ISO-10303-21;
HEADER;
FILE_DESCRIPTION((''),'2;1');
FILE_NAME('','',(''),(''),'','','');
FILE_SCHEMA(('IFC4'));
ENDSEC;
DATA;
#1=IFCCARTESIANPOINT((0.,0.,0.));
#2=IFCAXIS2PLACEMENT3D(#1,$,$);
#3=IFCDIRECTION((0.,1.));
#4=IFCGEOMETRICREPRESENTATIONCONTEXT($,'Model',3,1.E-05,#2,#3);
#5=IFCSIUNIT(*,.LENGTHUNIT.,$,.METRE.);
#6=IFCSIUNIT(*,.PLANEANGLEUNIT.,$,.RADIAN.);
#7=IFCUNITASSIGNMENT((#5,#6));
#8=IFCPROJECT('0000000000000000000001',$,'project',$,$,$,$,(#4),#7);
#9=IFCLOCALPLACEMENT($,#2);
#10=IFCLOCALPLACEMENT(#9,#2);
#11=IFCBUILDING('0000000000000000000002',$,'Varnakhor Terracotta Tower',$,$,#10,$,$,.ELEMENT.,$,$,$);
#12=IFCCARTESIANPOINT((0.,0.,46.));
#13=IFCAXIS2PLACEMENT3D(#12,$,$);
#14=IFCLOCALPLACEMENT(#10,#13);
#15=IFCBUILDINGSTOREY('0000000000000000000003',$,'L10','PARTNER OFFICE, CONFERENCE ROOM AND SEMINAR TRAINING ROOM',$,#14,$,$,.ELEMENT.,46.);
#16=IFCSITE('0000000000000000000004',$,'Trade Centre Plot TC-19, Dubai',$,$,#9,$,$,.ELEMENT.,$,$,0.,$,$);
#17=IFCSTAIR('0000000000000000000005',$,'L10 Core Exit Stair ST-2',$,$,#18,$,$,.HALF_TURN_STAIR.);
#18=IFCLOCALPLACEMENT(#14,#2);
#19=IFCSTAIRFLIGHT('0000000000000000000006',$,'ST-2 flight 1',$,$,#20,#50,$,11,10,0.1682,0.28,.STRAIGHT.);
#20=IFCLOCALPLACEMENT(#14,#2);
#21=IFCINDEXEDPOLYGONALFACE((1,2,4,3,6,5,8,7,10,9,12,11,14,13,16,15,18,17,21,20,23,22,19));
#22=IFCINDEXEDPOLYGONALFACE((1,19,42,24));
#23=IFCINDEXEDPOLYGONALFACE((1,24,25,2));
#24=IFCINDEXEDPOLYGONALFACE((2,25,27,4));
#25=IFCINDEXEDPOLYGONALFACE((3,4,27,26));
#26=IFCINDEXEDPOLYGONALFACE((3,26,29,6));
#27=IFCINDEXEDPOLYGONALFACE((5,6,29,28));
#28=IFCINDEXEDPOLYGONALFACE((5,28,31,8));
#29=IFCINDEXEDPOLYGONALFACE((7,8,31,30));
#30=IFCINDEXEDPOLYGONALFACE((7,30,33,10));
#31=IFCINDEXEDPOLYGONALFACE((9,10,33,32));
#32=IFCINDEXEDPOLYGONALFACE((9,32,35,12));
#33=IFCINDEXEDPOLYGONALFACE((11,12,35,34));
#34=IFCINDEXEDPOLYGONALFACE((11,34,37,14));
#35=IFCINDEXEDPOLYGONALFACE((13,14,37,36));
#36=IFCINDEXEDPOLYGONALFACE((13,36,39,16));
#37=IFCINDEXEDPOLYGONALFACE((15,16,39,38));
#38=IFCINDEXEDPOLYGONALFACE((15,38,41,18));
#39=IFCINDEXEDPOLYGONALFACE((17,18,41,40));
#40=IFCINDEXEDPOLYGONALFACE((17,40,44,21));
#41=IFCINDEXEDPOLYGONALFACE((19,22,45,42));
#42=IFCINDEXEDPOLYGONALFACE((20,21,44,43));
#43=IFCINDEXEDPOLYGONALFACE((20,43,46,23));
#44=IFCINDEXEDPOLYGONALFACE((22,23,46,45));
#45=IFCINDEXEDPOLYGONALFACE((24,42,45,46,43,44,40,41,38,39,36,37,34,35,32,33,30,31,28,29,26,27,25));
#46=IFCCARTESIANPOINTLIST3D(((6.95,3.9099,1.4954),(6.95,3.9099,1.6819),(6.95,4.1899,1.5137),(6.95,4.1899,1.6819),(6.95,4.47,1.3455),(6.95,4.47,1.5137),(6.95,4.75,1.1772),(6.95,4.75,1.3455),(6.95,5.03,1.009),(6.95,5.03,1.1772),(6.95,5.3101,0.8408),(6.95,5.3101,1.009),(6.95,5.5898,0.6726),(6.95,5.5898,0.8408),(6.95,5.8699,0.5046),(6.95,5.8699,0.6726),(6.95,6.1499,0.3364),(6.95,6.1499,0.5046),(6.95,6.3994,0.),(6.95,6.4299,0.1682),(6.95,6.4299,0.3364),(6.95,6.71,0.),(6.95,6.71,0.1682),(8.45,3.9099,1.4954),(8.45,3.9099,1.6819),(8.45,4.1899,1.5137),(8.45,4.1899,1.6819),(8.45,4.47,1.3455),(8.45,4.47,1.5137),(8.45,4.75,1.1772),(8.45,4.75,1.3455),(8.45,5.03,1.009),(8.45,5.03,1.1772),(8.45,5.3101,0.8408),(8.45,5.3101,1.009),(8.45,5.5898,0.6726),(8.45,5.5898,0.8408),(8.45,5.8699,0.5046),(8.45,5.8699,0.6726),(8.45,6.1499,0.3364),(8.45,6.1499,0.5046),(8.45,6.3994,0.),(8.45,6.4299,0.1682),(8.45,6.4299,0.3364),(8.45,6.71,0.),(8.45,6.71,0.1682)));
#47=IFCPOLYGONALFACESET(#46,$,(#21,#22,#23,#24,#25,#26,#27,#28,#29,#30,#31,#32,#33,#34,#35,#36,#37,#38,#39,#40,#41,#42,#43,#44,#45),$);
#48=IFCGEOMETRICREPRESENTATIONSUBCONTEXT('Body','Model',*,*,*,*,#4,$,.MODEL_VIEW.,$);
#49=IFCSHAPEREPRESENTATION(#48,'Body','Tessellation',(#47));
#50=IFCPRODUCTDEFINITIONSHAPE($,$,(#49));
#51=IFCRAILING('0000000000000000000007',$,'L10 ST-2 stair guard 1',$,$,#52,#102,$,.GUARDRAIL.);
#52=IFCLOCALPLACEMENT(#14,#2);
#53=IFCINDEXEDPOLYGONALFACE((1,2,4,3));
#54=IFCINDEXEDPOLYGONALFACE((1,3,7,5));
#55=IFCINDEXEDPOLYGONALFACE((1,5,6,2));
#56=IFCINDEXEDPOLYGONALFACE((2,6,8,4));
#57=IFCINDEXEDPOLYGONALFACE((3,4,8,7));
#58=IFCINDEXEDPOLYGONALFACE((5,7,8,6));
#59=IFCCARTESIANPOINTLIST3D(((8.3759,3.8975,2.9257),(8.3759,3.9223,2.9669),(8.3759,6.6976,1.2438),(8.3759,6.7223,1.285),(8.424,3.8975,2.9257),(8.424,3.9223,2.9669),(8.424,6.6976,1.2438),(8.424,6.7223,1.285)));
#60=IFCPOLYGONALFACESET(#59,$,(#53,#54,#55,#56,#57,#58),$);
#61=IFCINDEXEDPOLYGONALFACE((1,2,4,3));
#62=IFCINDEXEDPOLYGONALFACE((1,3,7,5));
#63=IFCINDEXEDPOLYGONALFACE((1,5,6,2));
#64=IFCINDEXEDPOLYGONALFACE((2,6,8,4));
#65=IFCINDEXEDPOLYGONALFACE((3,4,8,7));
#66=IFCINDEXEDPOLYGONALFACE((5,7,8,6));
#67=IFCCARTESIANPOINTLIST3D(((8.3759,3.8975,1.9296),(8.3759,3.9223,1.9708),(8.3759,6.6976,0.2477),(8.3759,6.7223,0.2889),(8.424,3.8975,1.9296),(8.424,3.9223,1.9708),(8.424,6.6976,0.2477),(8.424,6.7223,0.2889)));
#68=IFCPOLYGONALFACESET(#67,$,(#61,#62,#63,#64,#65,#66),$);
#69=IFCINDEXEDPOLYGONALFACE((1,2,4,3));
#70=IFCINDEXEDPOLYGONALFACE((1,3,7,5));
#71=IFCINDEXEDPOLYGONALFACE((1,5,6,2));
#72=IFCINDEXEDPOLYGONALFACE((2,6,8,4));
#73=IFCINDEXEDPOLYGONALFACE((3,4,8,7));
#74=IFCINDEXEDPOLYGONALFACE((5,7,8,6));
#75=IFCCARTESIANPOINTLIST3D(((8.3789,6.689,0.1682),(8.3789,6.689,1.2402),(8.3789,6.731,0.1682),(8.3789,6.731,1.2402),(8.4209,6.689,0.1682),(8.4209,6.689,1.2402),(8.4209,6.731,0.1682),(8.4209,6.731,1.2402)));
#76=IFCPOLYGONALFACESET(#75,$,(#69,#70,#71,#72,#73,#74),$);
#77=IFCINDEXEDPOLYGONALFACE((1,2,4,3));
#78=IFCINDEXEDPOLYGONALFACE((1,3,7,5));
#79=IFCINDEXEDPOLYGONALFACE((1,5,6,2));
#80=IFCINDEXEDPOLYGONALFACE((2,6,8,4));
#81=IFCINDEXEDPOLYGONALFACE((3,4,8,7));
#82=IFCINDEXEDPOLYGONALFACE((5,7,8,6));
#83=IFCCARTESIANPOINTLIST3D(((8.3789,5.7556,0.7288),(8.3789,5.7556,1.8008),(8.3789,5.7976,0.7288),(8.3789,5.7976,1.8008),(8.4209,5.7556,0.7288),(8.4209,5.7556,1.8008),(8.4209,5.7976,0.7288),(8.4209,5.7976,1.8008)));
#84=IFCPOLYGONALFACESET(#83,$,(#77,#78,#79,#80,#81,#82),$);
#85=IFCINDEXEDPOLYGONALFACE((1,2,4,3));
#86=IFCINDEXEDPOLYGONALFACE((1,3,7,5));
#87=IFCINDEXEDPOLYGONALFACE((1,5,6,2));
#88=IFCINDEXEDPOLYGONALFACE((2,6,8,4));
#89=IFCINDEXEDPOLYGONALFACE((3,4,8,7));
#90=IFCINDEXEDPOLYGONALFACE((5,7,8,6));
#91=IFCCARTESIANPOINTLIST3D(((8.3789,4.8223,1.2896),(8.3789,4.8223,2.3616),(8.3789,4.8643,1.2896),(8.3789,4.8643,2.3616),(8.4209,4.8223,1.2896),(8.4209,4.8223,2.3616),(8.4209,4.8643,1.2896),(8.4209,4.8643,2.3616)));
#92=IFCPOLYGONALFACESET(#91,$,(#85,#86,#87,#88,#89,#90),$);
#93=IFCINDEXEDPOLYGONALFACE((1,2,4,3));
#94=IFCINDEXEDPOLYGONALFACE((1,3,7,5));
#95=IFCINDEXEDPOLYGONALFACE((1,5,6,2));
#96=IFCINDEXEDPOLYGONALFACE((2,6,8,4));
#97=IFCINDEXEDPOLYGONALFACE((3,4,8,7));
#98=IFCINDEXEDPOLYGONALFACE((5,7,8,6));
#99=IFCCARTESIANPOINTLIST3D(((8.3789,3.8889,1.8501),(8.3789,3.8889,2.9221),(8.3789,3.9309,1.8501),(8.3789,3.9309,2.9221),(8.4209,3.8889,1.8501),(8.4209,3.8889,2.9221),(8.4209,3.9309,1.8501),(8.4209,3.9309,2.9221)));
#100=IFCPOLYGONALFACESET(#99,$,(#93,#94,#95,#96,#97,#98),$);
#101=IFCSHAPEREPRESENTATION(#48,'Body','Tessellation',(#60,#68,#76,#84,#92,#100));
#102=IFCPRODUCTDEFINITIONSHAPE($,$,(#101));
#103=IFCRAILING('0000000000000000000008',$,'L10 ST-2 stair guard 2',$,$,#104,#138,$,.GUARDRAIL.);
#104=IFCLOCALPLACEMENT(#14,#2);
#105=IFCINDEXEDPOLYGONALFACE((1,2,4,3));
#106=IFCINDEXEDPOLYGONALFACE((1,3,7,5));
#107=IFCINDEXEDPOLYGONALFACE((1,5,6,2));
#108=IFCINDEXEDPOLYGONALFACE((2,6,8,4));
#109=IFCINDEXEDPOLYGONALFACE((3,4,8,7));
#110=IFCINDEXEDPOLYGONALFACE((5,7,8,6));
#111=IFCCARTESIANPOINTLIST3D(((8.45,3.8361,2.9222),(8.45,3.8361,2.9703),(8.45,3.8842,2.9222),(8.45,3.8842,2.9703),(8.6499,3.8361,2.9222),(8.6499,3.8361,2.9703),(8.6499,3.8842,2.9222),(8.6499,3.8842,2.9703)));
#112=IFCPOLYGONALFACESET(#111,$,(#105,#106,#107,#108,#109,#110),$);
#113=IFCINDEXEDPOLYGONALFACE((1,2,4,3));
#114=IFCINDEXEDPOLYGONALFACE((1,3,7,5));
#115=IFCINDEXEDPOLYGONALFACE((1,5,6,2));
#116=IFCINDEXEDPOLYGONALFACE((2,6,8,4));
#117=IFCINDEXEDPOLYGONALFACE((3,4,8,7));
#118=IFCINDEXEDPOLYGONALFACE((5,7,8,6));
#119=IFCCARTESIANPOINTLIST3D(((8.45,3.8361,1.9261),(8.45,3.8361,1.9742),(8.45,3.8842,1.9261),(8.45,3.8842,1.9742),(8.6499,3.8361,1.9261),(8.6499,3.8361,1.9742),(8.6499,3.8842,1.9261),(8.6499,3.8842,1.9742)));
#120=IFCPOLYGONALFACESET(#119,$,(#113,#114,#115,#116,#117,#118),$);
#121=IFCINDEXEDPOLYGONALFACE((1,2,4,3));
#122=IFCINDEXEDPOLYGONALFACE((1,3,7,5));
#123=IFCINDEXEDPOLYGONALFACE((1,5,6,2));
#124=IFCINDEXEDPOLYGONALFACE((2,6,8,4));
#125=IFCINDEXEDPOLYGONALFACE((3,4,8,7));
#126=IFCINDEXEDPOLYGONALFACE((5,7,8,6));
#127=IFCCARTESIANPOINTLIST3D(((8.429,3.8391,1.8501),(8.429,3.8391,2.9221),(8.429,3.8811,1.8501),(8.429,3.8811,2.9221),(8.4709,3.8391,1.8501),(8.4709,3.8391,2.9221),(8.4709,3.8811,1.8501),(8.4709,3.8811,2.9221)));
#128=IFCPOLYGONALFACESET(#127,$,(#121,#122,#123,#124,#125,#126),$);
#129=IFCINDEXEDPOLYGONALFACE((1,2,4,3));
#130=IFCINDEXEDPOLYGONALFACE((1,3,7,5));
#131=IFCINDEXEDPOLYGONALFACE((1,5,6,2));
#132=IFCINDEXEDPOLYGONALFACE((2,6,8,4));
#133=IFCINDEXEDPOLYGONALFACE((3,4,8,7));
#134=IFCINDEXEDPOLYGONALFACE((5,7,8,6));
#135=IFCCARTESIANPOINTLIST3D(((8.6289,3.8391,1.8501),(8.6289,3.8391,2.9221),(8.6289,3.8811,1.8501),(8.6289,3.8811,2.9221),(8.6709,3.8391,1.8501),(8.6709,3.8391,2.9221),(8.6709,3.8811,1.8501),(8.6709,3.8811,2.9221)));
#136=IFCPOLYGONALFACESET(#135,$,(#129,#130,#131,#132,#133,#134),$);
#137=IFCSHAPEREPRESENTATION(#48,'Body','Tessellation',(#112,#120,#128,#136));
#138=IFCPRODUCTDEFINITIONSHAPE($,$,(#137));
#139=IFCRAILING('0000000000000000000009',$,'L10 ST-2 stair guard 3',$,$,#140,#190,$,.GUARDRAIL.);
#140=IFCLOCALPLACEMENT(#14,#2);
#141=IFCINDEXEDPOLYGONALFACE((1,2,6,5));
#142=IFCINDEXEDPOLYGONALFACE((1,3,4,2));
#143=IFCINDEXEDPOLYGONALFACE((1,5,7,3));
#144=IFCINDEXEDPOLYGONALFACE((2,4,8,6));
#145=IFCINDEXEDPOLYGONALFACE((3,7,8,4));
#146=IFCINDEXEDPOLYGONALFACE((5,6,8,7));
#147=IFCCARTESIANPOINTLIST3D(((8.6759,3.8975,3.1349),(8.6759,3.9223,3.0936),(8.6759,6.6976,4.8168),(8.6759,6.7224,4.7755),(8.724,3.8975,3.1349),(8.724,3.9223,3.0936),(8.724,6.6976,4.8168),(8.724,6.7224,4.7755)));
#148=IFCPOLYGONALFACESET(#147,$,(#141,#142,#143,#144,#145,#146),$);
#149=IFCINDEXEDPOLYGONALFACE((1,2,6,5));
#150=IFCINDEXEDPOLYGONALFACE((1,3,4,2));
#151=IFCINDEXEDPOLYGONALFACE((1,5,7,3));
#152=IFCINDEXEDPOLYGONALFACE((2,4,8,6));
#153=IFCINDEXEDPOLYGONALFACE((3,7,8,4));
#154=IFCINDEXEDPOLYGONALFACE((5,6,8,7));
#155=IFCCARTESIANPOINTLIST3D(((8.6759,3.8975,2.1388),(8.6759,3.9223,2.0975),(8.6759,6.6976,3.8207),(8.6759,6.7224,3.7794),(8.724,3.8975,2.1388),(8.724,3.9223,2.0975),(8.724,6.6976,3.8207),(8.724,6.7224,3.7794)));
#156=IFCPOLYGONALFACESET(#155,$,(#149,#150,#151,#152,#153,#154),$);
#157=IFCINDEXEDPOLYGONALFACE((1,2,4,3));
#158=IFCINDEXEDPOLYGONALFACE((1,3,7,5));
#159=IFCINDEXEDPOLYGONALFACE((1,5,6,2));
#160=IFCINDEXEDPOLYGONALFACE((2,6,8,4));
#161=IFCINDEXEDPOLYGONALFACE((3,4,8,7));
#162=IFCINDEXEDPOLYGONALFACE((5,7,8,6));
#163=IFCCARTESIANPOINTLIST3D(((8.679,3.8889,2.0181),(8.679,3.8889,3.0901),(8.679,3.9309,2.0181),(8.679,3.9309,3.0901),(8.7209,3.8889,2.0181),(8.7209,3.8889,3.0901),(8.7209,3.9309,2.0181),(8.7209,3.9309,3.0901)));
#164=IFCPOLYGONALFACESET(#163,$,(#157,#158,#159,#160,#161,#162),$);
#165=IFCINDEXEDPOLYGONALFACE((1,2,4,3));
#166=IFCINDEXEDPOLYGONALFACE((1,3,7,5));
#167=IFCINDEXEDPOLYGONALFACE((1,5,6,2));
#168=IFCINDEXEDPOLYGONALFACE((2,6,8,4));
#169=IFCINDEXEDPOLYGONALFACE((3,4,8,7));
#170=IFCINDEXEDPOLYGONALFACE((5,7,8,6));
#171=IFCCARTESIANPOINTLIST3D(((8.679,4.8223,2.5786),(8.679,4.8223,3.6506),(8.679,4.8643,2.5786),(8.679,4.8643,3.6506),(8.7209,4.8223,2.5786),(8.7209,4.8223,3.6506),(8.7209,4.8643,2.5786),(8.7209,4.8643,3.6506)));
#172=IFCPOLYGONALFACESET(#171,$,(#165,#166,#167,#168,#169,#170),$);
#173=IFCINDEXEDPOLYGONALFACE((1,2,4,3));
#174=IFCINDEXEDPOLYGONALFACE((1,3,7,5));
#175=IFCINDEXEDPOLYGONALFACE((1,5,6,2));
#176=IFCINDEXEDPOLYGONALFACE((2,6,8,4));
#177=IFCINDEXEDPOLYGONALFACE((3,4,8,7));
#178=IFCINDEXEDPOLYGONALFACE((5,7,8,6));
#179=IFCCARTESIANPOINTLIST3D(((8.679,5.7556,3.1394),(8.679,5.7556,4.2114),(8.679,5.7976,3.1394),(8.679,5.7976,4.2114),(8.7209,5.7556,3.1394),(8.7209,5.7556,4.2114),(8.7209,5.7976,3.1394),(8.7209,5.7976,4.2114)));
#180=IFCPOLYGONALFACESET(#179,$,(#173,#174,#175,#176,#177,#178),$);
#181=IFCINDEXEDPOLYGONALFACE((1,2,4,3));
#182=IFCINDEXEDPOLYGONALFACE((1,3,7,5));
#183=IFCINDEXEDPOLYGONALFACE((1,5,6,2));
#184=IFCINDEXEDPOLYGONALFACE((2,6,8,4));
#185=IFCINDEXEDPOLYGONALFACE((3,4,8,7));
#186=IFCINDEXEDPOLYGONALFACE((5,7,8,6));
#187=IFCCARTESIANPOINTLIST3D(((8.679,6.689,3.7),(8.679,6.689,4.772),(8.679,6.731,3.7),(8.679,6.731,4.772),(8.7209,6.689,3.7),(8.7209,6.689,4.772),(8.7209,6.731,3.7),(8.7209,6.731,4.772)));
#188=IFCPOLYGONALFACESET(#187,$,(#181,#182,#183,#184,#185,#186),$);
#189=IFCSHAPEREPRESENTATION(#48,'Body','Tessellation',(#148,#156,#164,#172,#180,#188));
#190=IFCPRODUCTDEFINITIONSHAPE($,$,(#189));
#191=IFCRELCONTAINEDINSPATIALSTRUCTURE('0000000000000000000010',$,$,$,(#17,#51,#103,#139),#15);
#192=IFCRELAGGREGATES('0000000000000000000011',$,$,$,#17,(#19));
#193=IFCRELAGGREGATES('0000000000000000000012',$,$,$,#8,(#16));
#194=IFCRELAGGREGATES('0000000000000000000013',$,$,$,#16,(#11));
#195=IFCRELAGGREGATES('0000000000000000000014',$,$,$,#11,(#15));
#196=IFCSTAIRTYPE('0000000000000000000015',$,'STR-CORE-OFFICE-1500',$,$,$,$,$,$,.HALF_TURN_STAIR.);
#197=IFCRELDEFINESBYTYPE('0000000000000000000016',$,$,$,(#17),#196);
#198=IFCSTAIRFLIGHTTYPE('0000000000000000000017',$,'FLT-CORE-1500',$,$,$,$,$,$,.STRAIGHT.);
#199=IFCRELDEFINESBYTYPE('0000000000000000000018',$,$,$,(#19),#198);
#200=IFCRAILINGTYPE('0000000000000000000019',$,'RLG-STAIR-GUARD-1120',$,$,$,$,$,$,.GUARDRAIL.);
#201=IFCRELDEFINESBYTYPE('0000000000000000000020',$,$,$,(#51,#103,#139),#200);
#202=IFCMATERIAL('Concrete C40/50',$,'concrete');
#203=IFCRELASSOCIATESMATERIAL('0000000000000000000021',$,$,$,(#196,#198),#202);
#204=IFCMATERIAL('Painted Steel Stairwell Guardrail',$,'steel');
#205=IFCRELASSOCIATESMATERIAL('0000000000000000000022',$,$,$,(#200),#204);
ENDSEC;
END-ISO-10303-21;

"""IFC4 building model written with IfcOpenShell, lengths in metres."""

from ifc_helpers import new_model, si_unit, direction, frame, origin, origin_2d, place, context, subcontext, project, spatial, polyline, rectangle, outline, extrude, material, type_object, element, aggregate, save


model = new_model("IFC4")

# Units and contexts
model_context = context("Model", 3, precision=1e-05, world=origin(), true_north=direction((0.0, 1.0)))
body_context = subcontext(model_context, "Body", "Model", "MODEL_VIEW")
ifc_project = project(units=[si_unit("LENGTHUNIT", "METRE"), si_unit("PLANEANGLEUNIT", "RADIAN")], contexts=[model_context])

# Site, building, storey
site_placement = place(None, origin())
site = spatial("IfcSite", under=ifc_project, at=site_placement, Name="Trade Centre Plot TC-19, Dubai", CompositionType="ELEMENT", RefElevation=0.0)
building_placement = place(site_placement, origin())
building = spatial("IfcBuilding", under=site, at=building_placement, Name="Varnakhor Terracotta Tower", CompositionType="ELEMENT")
storey_placement = place(building_placement, frame((0.0, 0.0, 46.0)))
storey = spatial("IfcBuildingStorey", under=building, at=storey_placement, Name="L10", Description="PARTNER OFFICE, CONFERENCE ROOM AND SEMINAR TRAINING ROOM", CompositionType="ELEMENT", Elevation=46.0)

# Stair
ifc_material_1 = material(Name="Concrete C40/50", Category="concrete")
stair_type = type_object("IfcStairType", Name="STR-CORE-OFFICE-1500", PredefinedType="HALF_TURN_STAIR", material=ifc_material_1)
stair_1_placement = place(storey_placement, origin())
stair_1 = element("IfcStair", 1, at=stair_1_placement, inside=storey, type_object=stair_type, Name="L10 Core Exit Stair ST-2", PredefinedType="HALF_TURN_STAIR")

# Stair flight
stair_flight_type = type_object("IfcStairFlightType", Name="FLT-CORE-1500", PredefinedType="STRAIGHT", material=ifc_material_1)
stair_flight_placement = place(storey_placement, frame((7.7, 6.71, 0.0), z_axis=(0.0, 0.0, 1.0), x_axis=(0.0, -1.0, 0.0)))
stair_flight = element("IfcStairFlight", 2, at=stair_flight_placement, type_object=stair_flight_type, Name="ST-2 flight 1", NumberOfRisers=11, NumberOfTreads=10, PredefinedType="STRAIGHT", RiserHeight=0.1682, TreadLength=0.28, context=body_context, shape_type="SweptSolid", body=[
    extrude(outline(polyline([(0.0, 0.0), (0.0, 0.1682), (0.28, 0.1682), (0.28, 0.3364), (0.5601, 0.3364), (0.5601, 0.5046), (0.8401, 0.5046), (0.8401, 0.6726), (1.1201, 0.6726), (1.1201, 0.8408), (1.3999, 0.8408), (1.3999, 1.009), (1.6799, 1.009), (1.6799, 1.1772), (1.96, 1.1772), (1.96, 1.3455), (2.24, 1.3455), (2.24, 1.5137), (2.52, 1.5137), (2.52, 1.6819), (2.8, 1.6819), (2.8, 1.8501), (2.8, 1.4954), (0.3105, 0.0), (0.0, 0.0)])), frame((0.0, 0.75, 0.0), z_axis=(0.0, -1.0, 0.0), x_axis=(1.0, 0.0, 0.0)), (0.0, 0.0, 1.0), 1.5),
])
aggregate(stair_1, [stair_flight])

# Railings
ifc_material_2 = material(Name="Painted Steel Stairwell Guardrail", Category="steel")
railing_type_1 = type_object("IfcRailingType", Name="RLG-STAIR-GUARD-1120", PredefinedType="GUARDRAIL", material=ifc_material_2)
railing_1_placement = place(storey_placement, frame((8.3999, 6.71, 0.1682)))
element("IfcRailing", 3, at=railing_1_placement, inside=storey, type_object=railing_type_1, Name="L10 ST-2 stair guard 1", PredefinedType="GUARDRAIL", context=body_context, shape_type="SweptSolid", body=[
    extrude(rectangle(XDim=0.0481, YDim=0.0481, at=origin_2d()), frame((0.0, 0.0, 1.0962), z_axis=(0.0, -0.857242, 0.514913), x_axis=(1.0, 0.0, 0.0)), (0.0, 0.0, 1.0), 3.2664),
    extrude(rectangle(XDim=0.0481, YDim=0.0481, at=origin_2d()), frame((0.0, 0.0, 0.1001), z_axis=(0.0, -0.857242, 0.514913), x_axis=(1.0, 0.0, 0.0)), (0.0, 0.0, 1.0), 3.2664),
    extrude(rectangle(XDim=0.042, YDim=0.042, at=origin_2d()), origin(), (0.0, 0.0, 1.0), 1.072),
    extrude(rectangle(XDim=0.042, YDim=0.042, at=origin_2d()), frame((0.0, -0.9333, 0.5605)), (0.0, 0.0, 1.0), 1.072),
    extrude(rectangle(XDim=0.042, YDim=0.042, at=origin_2d()), frame((0.0, -1.8667, 1.1213)), (0.0, 0.0, 1.0), 1.072),
    extrude(rectangle(XDim=0.042, YDim=0.042, at=origin_2d()), frame((0.0, -2.8, 1.6819)), (0.0, 0.0, 1.0), 1.072),
])
railing_2_placement = place(storey_placement, frame((8.45, 3.8601, 1.8501)))
element("IfcRailing", 4, at=railing_2_placement, inside=storey, type_object=railing_type_1, Name="L10 ST-2 stair guard 2", PredefinedType="GUARDRAIL", context=body_context, shape_type="SweptSolid", body=[
    extrude(rectangle(XDim=0.0481, YDim=0.0481, at=origin_2d()), frame((0.0, 0.0, 1.0962), z_axis=(1.0, 0.0, 0.0), x_axis=(0.0, 1.0, 0.0)), (0.0, 0.0, 1.0), 0.2),
    extrude(rectangle(XDim=0.0481, YDim=0.0481, at=origin_2d()), frame((0.0, 0.0, 0.1001), z_axis=(1.0, 0.0, 0.0), x_axis=(0.0, 1.0, 0.0)), (0.0, 0.0, 1.0), 0.2),
    extrude(rectangle(XDim=0.042, YDim=0.042, at=origin_2d()), origin(), (0.0, 0.0, 1.0), 1.072),
    extrude(rectangle(XDim=0.042, YDim=0.042, at=origin_2d()), frame((0.2, 0.0, 0.0)), (0.0, 0.0, 1.0), 1.072),
])
railing_3_placement = place(storey_placement, frame((8.7, 3.9099, 2.0181)))
element("IfcRailing", 5, at=railing_3_placement, inside=storey, type_object=railing_type_1, Name="L10 ST-2 stair guard 3", PredefinedType="GUARDRAIL", context=body_context, shape_type="SweptSolid", body=[
    extrude(rectangle(XDim=0.0481, YDim=0.0481, at=origin_2d()), frame((0.0, 0.0, 1.0962), z_axis=(0.0, 0.857242, 0.514913), x_axis=(-1.0, 0.0, 0.0)), (0.0, 0.0, 1.0), 3.2664),
    extrude(rectangle(XDim=0.0481, YDim=0.0481, at=origin_2d()), frame((0.0, 0.0, 0.1001), z_axis=(0.0, 0.857242, 0.514913), x_axis=(-1.0, 0.0, 0.0)), (0.0, 0.0, 1.0), 3.2664),
    extrude(rectangle(XDim=0.042, YDim=0.042, at=origin_2d()), origin(), (0.0, 0.0, 1.0), 1.072),
    extrude(rectangle(XDim=0.042, YDim=0.042, at=origin_2d()), frame((0.0, 0.9333, 0.5605)), (0.0, 0.0, 1.0), 1.072),
    extrude(rectangle(XDim=0.042, YDim=0.042, at=origin_2d()), frame((0.0, 1.8667, 1.1213)), (0.0, 0.0, 1.0), 1.072),
    extrude(rectangle(XDim=0.042, YDim=0.042, at=origin_2d()), frame((0.0, 2.8, 1.6819)), (0.0, 0.0, 1.0), 1.072),
])

save(model, "model.ifc")
